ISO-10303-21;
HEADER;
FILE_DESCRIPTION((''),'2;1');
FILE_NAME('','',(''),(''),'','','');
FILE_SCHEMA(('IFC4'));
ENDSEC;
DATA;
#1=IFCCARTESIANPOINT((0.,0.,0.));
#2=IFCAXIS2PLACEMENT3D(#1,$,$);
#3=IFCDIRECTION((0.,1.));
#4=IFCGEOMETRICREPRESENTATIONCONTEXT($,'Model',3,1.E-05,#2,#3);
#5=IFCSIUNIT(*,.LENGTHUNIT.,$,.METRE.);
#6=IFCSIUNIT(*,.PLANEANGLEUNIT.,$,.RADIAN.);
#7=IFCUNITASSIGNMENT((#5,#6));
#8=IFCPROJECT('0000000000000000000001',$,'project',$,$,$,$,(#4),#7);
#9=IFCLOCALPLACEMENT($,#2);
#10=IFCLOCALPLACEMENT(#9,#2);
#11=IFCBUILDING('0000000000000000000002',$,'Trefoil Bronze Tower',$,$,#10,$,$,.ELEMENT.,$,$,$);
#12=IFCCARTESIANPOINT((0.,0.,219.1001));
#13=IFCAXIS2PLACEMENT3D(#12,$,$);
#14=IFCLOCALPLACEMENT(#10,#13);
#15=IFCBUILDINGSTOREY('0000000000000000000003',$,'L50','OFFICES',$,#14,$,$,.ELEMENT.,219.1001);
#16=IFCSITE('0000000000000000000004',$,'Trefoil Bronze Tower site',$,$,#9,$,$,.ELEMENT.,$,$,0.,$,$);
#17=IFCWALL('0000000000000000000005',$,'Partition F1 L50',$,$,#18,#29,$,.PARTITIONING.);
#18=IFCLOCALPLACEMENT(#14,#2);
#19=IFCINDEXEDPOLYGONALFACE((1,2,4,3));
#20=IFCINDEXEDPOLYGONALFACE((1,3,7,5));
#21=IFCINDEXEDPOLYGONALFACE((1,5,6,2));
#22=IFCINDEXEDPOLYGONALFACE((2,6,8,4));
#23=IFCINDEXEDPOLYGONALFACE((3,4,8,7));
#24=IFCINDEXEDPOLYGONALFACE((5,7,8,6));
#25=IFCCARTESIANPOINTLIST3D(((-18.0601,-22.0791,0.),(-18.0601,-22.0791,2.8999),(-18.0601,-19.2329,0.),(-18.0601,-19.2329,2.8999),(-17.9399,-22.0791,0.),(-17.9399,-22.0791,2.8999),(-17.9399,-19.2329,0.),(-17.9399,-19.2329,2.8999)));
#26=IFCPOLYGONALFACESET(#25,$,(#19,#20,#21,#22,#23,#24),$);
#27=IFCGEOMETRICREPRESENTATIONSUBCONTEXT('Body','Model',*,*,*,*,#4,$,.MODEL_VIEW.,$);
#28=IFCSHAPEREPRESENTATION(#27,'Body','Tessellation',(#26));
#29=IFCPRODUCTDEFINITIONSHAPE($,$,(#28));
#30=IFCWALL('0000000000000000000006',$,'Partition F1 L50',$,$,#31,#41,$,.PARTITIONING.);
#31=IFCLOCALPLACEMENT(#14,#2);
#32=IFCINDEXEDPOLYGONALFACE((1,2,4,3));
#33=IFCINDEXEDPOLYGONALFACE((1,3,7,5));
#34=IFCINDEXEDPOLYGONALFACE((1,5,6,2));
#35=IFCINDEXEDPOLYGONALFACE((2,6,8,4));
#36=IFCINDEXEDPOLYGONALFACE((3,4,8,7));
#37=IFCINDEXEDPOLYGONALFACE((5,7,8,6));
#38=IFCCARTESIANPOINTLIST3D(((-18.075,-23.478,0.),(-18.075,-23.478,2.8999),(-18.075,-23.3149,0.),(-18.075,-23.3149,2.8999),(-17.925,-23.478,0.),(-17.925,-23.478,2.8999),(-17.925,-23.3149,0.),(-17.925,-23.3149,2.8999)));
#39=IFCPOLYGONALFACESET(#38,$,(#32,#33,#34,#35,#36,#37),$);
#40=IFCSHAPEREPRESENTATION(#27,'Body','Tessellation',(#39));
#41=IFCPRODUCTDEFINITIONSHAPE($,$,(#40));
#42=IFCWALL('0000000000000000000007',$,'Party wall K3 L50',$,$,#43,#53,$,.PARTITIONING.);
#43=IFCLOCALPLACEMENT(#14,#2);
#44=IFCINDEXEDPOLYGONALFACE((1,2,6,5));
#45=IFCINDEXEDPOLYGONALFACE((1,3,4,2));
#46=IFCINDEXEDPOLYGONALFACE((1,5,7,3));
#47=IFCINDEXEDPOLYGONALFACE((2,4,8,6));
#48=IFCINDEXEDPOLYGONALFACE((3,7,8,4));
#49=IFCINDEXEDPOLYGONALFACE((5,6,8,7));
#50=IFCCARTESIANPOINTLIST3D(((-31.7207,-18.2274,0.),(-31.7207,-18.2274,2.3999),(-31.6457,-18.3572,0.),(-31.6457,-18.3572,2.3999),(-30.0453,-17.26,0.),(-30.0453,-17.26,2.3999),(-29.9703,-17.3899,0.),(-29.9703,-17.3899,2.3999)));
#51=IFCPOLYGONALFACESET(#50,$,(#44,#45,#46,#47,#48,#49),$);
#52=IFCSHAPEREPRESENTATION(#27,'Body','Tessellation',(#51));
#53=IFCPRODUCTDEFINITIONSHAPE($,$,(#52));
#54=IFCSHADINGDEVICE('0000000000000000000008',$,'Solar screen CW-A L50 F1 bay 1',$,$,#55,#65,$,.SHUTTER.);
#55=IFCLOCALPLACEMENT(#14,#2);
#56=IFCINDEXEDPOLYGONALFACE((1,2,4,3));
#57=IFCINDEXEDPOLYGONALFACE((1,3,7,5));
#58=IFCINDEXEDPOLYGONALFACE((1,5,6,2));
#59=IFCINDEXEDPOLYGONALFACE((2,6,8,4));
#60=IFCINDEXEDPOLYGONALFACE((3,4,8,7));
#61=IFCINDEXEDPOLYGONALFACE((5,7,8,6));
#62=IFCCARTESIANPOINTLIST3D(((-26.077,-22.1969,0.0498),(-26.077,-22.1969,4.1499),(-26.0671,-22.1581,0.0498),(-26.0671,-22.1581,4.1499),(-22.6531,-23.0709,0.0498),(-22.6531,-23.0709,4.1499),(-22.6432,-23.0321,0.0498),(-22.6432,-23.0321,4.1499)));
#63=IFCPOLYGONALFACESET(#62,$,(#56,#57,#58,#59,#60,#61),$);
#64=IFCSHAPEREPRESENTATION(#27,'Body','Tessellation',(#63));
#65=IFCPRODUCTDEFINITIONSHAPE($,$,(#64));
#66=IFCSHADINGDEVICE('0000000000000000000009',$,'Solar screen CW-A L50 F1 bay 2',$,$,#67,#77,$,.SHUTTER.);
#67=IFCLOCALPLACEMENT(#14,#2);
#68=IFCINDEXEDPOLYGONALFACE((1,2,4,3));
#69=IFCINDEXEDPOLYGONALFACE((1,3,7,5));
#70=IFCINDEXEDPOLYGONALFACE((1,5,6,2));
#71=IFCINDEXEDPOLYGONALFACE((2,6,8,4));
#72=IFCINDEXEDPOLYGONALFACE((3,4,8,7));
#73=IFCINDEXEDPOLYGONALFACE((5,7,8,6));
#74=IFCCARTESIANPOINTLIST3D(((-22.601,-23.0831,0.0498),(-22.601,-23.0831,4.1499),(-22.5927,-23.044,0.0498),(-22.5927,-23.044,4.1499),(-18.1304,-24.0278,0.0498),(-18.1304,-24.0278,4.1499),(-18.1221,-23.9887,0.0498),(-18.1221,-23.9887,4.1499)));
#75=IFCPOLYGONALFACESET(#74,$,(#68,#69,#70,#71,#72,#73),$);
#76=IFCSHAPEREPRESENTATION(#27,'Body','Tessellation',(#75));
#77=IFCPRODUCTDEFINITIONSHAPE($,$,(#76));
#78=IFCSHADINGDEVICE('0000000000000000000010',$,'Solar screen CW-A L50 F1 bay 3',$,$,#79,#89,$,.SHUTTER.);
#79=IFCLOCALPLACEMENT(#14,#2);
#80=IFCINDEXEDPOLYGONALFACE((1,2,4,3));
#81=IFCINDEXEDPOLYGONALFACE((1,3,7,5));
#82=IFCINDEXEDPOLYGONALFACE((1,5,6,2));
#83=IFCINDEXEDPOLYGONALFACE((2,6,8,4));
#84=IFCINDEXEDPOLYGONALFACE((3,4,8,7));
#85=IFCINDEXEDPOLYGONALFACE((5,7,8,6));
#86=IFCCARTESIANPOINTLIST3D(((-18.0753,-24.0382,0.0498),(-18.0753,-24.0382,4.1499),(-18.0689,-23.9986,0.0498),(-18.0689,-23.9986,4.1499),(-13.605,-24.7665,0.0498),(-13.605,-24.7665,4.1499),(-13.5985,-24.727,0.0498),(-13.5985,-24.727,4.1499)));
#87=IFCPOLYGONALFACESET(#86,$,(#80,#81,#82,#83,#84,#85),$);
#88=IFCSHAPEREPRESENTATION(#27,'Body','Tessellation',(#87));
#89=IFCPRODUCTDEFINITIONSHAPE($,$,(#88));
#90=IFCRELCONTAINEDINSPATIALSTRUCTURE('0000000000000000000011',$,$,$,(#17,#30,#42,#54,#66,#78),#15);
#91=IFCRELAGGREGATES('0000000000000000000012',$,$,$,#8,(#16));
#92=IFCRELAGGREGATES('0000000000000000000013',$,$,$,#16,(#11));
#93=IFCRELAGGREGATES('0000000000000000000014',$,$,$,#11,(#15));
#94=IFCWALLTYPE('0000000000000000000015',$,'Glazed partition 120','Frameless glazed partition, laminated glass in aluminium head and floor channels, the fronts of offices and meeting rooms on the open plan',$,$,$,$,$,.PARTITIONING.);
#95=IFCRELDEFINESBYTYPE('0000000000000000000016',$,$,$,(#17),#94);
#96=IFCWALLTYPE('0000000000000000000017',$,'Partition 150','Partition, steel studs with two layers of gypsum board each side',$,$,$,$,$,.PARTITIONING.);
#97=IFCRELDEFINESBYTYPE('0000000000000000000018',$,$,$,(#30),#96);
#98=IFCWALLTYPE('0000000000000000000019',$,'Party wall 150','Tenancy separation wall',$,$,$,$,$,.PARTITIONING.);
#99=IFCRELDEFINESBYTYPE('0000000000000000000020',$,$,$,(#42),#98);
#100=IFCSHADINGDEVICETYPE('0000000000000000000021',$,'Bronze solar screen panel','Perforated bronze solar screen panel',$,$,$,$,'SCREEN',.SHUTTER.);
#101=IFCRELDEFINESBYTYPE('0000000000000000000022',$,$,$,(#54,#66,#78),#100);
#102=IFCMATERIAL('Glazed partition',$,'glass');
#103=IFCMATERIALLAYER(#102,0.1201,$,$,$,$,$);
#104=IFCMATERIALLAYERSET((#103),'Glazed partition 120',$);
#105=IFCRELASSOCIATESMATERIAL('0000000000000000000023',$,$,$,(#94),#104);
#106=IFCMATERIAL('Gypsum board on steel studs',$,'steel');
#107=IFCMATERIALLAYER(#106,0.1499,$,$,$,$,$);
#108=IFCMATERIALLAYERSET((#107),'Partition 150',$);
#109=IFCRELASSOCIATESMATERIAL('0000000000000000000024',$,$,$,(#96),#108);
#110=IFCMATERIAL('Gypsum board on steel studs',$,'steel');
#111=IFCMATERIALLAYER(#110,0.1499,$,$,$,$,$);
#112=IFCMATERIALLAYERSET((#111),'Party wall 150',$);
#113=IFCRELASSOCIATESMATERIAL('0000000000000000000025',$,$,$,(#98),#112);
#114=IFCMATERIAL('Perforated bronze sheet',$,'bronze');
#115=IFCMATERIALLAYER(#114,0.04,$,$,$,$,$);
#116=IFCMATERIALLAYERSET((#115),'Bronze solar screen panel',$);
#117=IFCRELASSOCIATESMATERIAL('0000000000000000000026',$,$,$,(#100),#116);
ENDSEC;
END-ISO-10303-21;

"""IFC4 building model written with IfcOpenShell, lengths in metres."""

from ifc_helpers import new_model, si_unit, direction, frame, frame_2d, origin, origin_2d, place, context, subcontext, project, spatial, rectangle, extrude, material, layer, layer_set, type_object, element, save


model = new_model("IFC4")

# Units and contexts
model_context = context("Model", 3, precision=1e-05, world=origin(), true_north=direction((0.0, 1.0)))
body_context = subcontext(model_context, "Body", "Model", "MODEL_VIEW")
ifc_project = project(units=[si_unit("LENGTHUNIT", "METRE"), si_unit("PLANEANGLEUNIT", "RADIAN")], contexts=[model_context])

# Site, building, storey
site_placement = place(None, origin())
site = spatial("IfcSite", under=ifc_project, at=site_placement, Name="Trefoil Bronze Tower site", CompositionType="ELEMENT", RefElevation=0.0)
building_placement = place(site_placement, origin())
building = spatial("IfcBuilding", under=site, at=building_placement, Name="Trefoil Bronze Tower", CompositionType="ELEMENT")
storey_placement = place(building_placement, frame((0.0, 0.0, 219.1001)))
storey = spatial("IfcBuildingStorey", under=building, at=storey_placement, Name="L50", Description="OFFICES", CompositionType="ELEMENT", Elevation=219.1001)

# Shared definitions
ifc_material_1 = material(Name="Glazed partition", Category="glass")
ifc_layer_1 = layer(ifc_material_1, 0.1201)
ifc_layer_set_1 = layer_set([ifc_layer_1], Name="Glazed partition 120")
wall_type_1 = type_object("IfcWallType", Name="Glazed partition 120", Description="Frameless glazed partition, laminated glass in aluminium head and floor channels, the fronts of offices and meeting rooms on the open plan", PredefinedType="PARTITIONING", material=ifc_layer_set_1)

# Walls
wall_1_placement = place(storey_placement, frame((-18.0, -19.2329, 0.0), z_axis=(0.0, 0.0, 1.0), x_axis=(0.0, -1.0, 0.0)))
element("IfcWall", 1, at=wall_1_placement, inside=storey, type_object=wall_type_1, Name="Partition F1 L50", PredefinedType="PARTITIONING", context=body_context, shape_type="SweptSolid", body=[
    extrude(rectangle(XDim=2.8462, YDim=0.1201, at=frame_2d((1.4231, 0.0))), origin(), (0.0, 0.0, 1.0), 2.8999),
])
ifc_material_2 = material(Name="Gypsum board on steel studs", Category="steel")
ifc_layer_2 = layer(ifc_material_2, 0.1499)
ifc_layer_set_2 = layer_set([ifc_layer_2], Name="Partition 150")
wall_type_2 = type_object("IfcWallType", Name="Partition 150", Description="Partition, steel studs with two layers of gypsum board each side", PredefinedType="PARTITIONING", material=ifc_layer_set_2)
wall_2_placement = place(storey_placement, frame((-18.0, -23.3149, 0.0), z_axis=(0.0, 0.0, 1.0), x_axis=(0.0, -1.0, 0.0)))
element("IfcWall", 2, at=wall_2_placement, inside=storey, type_object=wall_type_2, Name="Partition F1 L50", PredefinedType="PARTITIONING", context=body_context, shape_type="SweptSolid", body=[
    extrude(rectangle(XDim=0.1631, YDim=0.1499, at=frame_2d((0.0815, 0.0))), origin(), (0.0, 0.0, 1.0), 2.8999),
])
ifc_material_3 = material(Name="Gypsum board on steel studs", Category="steel")
ifc_layer_3 = layer(ifc_material_3, 0.1499)
ifc_layer_set_3 = layer_set([ifc_layer_3], Name="Party wall 150")
wall_type_3 = type_object("IfcWallType", Name="Party wall 150", Description="Tenancy separation wall", PredefinedType="PARTITIONING", material=ifc_layer_set_3)
wall_3_placement = place(storey_placement, frame((-30.0078, -17.325, 0.0), z_axis=(0.0, 0.0, 1.0), x_axis=(-0.866013, -0.500021, 0.0)))
element("IfcWall", 3, at=wall_3_placement, inside=storey, type_object=wall_type_3, Name="Party wall K3 L50", PredefinedType="PARTITIONING", context=body_context, shape_type="SweptSolid", body=[
    extrude(rectangle(XDim=1.9346, YDim=0.1499, at=frame_2d((0.9673, 0.0))), origin(), (0.0, 0.0, 1.0), 2.3999),
])

# Shading devices
ifc_material_4 = material(Name="Perforated bronze sheet", Category="bronze")
ifc_layer_4 = layer(ifc_material_4, 0.04)
ifc_layer_set_4 = layer_set([ifc_layer_4], Name="Bronze solar screen panel")
shading_device_type = type_object("IfcShadingDeviceType", Name="Bronze solar screen panel", Description="Perforated bronze solar screen panel", ElementType="SCREEN", PredefinedType="SHUTTER", material=ifc_layer_set_4)
shading_device_1_placement = place(storey_placement, frame((-24.3601, -22.6145, 0.0498), z_axis=(0.0, 0.0, 1.0), x_axis=(0.968934, -0.247319, 0.0)))
element("IfcShadingDevice", 4, at=shading_device_1_placement, inside=storey, type_object=shading_device_type, Name="Solar screen CW-A L50 F1 bay 1", PredefinedType="SHUTTER", context=body_context, shape_type="SweptSolid", body=[
    extrude(rectangle(XDim=3.5337, YDim=0.04, at=origin_2d()), origin(), (0.0, 0.0, 1.0), 4.1001),
])
shading_device_2_placement = place(storey_placement, frame((-20.3616, -23.5359, 0.0498), z_axis=(0.0, 0.0, 1.0), x_axis=(0.978394, -0.206747, 0.0)))
element("IfcShadingDevice", 5, at=shading_device_2_placement, inside=storey, type_object=shading_device_type, Name="Solar screen CW-A L50 F1 bay 2", PredefinedType="SHUTTER", context=body_context, shape_type="SweptSolid", body=[
    extrude(rectangle(XDim=4.5693, YDim=0.04, at=origin_2d()), origin(), (0.0, 0.0, 1.0), 4.1001),
])
shading_device_3_placement = place(storey_placement, frame((-15.8369, -24.3826, 0.0498), z_axis=(0.0, 0.0, 1.0), x_axis=(0.986987, -0.160803, 0.0)))
element("IfcShadingDevice", 6, at=shading_device_3_placement, inside=storey, type_object=shading_device_type, Name="Solar screen CW-A L50 F1 bay 3", PredefinedType="SHUTTER", context=body_context, shape_type="SweptSolid", body=[
    extrude(rectangle(XDim=4.5293, YDim=0.04, at=origin_2d()), origin(), (0.0, 0.0, 1.0), 4.1001),
])

save(model, "model.ifc")
